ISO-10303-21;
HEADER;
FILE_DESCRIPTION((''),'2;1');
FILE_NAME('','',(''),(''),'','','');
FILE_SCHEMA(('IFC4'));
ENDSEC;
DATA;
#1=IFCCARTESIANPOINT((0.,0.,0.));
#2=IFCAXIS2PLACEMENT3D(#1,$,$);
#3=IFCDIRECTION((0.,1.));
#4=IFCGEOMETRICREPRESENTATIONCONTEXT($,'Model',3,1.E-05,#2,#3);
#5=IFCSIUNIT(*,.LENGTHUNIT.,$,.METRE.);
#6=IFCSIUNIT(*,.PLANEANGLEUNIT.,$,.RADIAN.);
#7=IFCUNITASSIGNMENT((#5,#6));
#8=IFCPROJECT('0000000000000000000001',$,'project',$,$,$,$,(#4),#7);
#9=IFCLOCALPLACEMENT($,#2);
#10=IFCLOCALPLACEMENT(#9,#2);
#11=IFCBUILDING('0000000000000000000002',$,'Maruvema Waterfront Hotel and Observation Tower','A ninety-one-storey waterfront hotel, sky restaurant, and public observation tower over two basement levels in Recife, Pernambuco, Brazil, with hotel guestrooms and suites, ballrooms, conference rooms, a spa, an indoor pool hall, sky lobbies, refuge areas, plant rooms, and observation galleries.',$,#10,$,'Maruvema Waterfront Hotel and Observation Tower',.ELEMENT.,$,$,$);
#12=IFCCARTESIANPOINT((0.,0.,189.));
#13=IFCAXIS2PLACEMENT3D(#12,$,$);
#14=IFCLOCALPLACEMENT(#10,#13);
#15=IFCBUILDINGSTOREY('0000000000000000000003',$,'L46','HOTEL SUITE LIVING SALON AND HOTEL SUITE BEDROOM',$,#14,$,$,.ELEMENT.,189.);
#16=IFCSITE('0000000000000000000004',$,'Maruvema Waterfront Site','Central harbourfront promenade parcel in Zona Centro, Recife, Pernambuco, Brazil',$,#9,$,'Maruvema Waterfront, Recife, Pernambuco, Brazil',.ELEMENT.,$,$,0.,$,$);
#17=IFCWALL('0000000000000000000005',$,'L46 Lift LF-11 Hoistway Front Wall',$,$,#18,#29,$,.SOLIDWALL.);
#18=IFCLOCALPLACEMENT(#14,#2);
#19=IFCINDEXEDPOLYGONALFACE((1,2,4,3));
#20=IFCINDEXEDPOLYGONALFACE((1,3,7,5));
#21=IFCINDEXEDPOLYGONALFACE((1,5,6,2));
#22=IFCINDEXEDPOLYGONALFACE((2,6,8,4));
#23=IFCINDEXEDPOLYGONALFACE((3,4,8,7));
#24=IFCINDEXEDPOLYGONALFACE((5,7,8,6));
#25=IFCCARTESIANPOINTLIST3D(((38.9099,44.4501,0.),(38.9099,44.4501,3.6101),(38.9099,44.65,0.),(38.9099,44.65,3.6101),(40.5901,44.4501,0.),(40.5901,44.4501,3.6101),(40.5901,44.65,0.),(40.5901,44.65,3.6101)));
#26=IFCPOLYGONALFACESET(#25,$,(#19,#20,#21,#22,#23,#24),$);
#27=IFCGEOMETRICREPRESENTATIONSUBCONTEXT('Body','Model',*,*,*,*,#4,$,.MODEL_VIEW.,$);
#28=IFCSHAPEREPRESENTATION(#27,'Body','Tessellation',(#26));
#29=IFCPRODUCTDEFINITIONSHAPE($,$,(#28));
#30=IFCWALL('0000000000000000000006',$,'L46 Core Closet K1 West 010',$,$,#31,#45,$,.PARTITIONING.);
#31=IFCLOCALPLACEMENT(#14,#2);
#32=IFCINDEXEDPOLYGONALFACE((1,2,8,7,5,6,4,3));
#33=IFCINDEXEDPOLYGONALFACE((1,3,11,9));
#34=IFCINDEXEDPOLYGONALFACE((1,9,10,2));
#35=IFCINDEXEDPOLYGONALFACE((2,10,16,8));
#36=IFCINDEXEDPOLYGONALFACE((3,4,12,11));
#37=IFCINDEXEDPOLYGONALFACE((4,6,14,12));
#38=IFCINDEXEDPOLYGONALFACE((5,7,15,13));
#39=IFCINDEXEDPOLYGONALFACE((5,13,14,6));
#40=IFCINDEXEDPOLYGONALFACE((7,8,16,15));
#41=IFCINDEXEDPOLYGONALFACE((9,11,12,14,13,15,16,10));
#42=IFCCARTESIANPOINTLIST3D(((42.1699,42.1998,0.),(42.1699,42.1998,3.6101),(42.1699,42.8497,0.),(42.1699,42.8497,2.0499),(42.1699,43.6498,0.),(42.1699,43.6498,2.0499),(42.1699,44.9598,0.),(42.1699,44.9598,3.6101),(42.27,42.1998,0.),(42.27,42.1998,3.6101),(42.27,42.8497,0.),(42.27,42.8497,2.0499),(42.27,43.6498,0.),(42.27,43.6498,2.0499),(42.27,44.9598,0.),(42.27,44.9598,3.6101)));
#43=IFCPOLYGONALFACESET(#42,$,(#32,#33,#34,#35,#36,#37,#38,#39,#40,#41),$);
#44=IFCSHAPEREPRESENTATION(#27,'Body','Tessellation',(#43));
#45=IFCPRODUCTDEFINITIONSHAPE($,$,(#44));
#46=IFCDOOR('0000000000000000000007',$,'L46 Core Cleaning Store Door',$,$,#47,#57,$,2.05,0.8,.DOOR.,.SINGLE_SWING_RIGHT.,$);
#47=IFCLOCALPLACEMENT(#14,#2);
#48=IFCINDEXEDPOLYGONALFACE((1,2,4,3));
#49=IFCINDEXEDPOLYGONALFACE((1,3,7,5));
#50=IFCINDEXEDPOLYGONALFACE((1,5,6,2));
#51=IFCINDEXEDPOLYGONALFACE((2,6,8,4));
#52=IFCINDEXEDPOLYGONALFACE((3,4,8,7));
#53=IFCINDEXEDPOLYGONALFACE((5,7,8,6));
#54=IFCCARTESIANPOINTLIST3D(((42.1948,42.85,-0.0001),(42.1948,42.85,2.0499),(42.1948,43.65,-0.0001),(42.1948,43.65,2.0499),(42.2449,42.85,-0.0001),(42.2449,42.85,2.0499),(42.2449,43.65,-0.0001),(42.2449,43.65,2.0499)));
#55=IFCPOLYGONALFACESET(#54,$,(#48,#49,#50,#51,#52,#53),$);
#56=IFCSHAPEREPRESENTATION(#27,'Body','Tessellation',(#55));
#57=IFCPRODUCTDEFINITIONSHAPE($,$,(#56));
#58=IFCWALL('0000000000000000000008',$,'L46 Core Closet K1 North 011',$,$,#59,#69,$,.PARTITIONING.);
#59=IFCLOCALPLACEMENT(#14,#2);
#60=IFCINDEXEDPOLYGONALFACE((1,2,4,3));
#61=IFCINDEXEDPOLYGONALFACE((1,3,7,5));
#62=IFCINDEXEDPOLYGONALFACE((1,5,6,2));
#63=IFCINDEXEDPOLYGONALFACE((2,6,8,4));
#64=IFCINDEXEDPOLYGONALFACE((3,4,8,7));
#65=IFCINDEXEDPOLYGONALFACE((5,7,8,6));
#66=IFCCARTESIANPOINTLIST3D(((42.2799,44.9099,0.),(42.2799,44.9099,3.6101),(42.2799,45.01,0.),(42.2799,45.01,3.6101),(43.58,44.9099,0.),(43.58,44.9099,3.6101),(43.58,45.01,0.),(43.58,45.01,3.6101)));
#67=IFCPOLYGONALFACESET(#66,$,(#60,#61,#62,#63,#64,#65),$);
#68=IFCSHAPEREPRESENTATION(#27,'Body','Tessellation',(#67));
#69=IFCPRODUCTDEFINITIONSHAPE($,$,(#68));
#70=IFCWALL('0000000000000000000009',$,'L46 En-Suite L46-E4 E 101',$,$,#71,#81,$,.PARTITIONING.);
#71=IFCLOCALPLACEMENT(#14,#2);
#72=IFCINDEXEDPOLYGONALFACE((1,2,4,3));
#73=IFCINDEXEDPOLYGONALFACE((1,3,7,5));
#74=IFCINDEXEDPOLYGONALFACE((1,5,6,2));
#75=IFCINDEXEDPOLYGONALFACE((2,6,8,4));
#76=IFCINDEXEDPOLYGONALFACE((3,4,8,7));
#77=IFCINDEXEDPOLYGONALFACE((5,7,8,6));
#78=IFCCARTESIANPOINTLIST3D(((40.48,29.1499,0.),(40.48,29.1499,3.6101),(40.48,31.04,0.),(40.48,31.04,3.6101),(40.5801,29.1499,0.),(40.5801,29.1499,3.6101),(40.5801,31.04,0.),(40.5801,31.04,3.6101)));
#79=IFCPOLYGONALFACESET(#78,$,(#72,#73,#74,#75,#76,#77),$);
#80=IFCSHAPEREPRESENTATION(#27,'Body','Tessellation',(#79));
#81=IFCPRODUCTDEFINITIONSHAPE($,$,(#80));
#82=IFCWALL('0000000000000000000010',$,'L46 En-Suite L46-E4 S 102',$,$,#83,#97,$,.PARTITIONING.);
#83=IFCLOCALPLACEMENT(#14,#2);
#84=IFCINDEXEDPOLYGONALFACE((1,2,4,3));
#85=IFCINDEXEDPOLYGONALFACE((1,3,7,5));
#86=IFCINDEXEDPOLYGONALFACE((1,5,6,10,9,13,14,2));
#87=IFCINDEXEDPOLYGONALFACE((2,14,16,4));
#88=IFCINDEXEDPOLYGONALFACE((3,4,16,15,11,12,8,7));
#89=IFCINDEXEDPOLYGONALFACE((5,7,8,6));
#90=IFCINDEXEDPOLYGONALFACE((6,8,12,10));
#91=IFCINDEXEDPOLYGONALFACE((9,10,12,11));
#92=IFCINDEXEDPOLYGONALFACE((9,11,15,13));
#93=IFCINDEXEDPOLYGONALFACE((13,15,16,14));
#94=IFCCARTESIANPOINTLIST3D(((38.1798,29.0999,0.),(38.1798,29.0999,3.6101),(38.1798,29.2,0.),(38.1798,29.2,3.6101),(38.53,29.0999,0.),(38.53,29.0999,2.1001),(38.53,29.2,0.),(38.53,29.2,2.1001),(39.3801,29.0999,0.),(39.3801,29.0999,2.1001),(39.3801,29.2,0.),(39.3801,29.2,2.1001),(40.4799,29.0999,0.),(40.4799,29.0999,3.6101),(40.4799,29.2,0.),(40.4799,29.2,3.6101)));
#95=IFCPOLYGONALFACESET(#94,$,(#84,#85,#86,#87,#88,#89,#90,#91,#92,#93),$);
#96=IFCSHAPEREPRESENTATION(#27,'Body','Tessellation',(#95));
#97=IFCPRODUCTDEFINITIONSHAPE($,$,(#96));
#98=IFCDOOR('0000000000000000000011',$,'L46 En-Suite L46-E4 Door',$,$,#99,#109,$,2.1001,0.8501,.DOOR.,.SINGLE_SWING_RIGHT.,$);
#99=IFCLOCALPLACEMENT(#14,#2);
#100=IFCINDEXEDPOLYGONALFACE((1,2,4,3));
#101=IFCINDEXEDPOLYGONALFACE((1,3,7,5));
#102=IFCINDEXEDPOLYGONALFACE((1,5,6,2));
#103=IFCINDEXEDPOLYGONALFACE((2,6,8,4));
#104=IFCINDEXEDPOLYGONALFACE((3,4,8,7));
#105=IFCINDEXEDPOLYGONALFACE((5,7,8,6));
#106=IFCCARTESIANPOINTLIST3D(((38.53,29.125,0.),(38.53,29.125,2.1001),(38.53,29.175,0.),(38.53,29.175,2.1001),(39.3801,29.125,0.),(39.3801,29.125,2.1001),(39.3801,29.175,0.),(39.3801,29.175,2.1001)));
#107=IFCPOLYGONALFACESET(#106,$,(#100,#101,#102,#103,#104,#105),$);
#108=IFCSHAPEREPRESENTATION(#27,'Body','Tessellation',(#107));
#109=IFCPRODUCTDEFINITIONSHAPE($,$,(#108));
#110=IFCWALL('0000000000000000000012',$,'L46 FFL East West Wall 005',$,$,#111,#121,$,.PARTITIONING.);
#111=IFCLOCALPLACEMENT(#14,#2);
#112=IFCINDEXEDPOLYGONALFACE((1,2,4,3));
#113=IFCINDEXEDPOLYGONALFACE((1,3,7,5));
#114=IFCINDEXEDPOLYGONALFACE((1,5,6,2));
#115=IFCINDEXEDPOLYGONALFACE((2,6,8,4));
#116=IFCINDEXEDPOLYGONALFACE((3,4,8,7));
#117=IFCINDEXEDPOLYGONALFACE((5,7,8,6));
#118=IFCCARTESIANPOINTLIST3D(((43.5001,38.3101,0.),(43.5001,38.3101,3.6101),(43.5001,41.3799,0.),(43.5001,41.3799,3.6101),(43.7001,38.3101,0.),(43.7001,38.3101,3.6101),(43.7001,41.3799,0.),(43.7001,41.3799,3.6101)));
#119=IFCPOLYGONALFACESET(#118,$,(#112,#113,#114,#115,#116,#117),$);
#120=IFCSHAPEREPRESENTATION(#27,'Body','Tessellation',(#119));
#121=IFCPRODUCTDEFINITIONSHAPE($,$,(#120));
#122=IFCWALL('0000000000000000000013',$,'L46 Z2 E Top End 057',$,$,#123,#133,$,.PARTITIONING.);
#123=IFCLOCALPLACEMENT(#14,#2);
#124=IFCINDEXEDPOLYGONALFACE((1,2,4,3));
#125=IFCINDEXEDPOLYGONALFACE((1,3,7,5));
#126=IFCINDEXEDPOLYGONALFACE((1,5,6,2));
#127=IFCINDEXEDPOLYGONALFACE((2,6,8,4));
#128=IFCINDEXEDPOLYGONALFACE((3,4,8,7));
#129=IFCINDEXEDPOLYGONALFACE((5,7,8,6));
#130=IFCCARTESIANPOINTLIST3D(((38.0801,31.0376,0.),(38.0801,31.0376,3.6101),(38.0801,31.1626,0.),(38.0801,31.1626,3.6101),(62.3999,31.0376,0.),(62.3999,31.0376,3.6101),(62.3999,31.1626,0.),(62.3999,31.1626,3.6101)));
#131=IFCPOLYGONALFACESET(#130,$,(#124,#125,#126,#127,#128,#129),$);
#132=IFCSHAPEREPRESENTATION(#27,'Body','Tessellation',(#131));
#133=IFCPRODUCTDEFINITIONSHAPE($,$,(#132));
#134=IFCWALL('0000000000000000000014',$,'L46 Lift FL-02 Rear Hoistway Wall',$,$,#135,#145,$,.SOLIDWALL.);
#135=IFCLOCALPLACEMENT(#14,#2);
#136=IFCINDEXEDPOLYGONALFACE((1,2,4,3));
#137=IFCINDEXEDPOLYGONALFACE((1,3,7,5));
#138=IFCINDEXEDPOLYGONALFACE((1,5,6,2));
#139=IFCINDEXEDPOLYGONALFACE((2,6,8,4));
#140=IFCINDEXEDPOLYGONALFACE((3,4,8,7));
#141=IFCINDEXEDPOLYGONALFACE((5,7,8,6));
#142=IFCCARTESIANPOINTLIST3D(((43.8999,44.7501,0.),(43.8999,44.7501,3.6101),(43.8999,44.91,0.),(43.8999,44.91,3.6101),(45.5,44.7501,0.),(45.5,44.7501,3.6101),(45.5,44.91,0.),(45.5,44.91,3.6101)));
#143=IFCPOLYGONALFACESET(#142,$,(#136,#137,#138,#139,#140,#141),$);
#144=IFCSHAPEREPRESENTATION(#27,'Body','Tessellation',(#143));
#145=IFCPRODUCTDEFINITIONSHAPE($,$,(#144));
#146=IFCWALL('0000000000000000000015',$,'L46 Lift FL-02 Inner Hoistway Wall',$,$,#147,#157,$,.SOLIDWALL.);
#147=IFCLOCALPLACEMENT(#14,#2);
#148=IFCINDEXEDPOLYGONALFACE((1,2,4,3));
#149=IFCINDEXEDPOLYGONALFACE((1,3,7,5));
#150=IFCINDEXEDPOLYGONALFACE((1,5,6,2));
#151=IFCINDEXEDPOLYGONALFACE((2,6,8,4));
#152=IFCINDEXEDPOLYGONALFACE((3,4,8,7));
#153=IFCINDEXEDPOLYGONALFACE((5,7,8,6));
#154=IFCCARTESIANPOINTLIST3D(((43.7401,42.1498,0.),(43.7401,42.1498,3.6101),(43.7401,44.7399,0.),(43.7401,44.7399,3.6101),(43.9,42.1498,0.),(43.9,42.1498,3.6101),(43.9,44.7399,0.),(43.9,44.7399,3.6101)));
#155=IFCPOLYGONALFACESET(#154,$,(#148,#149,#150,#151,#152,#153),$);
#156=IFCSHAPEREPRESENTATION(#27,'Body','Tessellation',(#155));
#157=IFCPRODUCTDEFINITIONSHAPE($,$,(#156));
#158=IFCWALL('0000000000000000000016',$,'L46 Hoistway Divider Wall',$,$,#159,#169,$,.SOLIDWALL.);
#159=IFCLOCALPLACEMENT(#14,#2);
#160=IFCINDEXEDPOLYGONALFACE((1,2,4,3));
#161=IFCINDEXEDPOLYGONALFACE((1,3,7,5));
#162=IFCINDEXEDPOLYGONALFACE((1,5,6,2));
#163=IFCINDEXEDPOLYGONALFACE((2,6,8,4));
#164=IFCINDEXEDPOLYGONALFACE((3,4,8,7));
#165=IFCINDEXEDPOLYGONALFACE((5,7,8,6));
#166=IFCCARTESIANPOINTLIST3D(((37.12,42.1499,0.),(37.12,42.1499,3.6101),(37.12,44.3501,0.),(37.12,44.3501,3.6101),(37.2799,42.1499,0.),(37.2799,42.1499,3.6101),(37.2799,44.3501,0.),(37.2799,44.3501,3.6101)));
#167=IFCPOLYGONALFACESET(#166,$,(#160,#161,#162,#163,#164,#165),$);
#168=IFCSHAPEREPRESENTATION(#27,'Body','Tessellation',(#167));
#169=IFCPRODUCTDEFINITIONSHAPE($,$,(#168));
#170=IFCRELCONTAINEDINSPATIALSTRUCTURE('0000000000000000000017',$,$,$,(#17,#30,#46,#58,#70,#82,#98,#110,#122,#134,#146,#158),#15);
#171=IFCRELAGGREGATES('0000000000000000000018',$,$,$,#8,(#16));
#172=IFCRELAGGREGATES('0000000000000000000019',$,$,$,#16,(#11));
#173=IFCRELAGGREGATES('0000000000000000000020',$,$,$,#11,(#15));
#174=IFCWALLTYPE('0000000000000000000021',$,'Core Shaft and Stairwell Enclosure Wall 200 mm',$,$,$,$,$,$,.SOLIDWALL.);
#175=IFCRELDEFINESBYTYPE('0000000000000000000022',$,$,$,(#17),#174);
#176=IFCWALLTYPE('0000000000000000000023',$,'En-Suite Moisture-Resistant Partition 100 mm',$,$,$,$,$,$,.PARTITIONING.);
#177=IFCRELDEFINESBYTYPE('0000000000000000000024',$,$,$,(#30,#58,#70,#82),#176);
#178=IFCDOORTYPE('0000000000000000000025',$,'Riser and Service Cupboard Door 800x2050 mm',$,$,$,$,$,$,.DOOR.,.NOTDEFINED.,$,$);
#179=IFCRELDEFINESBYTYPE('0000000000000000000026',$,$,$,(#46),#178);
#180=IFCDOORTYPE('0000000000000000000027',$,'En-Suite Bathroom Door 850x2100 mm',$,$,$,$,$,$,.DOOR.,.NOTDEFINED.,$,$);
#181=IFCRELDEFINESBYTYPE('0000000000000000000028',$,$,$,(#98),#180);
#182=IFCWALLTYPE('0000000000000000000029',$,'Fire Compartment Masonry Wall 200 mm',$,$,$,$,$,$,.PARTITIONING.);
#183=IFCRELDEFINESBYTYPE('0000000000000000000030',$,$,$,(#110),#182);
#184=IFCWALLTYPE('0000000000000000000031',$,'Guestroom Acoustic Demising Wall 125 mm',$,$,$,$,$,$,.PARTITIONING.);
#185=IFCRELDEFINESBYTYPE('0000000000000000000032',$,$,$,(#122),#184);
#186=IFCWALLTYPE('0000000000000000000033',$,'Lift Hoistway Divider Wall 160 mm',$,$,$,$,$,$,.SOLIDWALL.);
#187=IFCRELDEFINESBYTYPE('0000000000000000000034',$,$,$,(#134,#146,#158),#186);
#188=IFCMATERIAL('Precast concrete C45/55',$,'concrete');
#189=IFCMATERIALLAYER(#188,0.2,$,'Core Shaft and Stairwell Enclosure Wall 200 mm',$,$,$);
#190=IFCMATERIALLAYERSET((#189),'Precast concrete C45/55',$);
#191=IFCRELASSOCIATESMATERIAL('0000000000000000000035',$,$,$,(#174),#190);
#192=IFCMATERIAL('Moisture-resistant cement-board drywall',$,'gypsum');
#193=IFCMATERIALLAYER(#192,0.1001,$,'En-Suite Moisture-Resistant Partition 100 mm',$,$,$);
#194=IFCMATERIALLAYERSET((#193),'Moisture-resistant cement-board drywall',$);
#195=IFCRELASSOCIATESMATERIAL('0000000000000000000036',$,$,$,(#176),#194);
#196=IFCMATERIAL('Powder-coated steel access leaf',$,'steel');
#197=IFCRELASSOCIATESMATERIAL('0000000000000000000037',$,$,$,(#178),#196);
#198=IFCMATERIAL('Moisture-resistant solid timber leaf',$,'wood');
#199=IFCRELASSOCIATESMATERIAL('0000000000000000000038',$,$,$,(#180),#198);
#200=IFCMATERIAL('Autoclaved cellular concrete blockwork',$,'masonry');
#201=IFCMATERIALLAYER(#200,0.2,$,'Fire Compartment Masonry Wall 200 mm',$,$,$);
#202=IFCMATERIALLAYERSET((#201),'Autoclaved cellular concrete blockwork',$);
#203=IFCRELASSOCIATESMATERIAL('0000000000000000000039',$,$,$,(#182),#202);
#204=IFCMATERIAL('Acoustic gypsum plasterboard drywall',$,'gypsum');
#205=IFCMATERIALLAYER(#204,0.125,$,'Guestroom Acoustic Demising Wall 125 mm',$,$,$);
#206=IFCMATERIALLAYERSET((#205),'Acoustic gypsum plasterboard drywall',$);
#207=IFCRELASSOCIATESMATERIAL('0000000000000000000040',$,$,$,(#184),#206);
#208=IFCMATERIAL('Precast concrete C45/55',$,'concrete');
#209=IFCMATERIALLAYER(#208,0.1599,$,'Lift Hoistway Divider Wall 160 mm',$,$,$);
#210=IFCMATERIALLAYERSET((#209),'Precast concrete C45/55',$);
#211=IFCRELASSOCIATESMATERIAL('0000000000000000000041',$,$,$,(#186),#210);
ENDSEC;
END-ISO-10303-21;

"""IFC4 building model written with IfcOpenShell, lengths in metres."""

from ifc_helpers import new_model, si_unit, direction, frame, frame_2d, origin, place, context, subcontext, project, spatial, rectangle, extrude, material, layer, layer_set, type_object, element, fill, save


model = new_model("IFC4")

# Units and contexts
model_context = context("Model", 3, precision=1e-05, world=origin(), true_north=direction((0.0, 1.0)))
body_context = subcontext(model_context, "Body", "Model", "MODEL_VIEW")
ifc_project = project(units=[si_unit("LENGTHUNIT", "METRE"), si_unit("PLANEANGLEUNIT", "RADIAN")], contexts=[model_context])

# Site, building, storey
site_placement = place(None, origin())
site = spatial("IfcSite", under=ifc_project, at=site_placement, Name="Maruvema Waterfront Site", Description="Central harbourfront promenade parcel in Zona Centro, Recife, Pernambuco, Brazil", LongName="Maruvema Waterfront, Recife, Pernambuco, Brazil", CompositionType="ELEMENT", RefElevation=0.0)
building_placement = place(site_placement, origin())
building = spatial("IfcBuilding", under=site, at=building_placement, Name="Maruvema Waterfront Hotel and Observation Tower", Description="A ninety-one-storey waterfront hotel, sky restaurant, and public observation tower over two basement levels in Recife, Pernambuco, Brazil, with hotel guestrooms and suites, ballrooms, conference rooms, a spa, an indoor pool hall, sky lobbies, refuge areas, plant rooms, and observation galleries.", LongName="Maruvema Waterfront Hotel and Observation Tower", CompositionType="ELEMENT")
storey_placement = place(building_placement, frame((0.0, 0.0, 189.0)))
storey = spatial("IfcBuildingStorey", under=building, at=storey_placement, Name="L46", Description="HOTEL SUITE LIVING SALON AND HOTEL SUITE BEDROOM", CompositionType="ELEMENT", Elevation=189.0)

# Wall
ifc_material_1 = material(Name="Precast concrete C45/55", Category="concrete")
ifc_layer_1 = layer(ifc_material_1, 0.2, Name="Core Shaft and Stairwell Enclosure Wall 200 mm")
ifc_layer_set_1 = layer_set([ifc_layer_1], Name="Precast concrete C45/55")
wall_type_1 = type_object("IfcWallType", Name="Core Shaft and Stairwell Enclosure Wall 200 mm", PredefinedType="SOLIDWALL", material=ifc_layer_set_1)
wall_1_placement = place(storey_placement, frame((38.9099, 44.55, 0.0), z_axis=(0.0, 0.0, 1.0), x_axis=(1.0, 0.0, 0.0)))
element("IfcWall", 1, at=wall_1_placement, inside=storey, type_object=wall_type_1, Name="L46 Lift LF-11 Hoistway Front Wall", PredefinedType="SOLIDWALL", context=body_context, shape_type="SweptSolid", body=[
    extrude(rectangle(XDim=1.6802, YDim=0.2, at=frame_2d((0.8401, 0.0))), origin(), (0.0, 0.0, 1.0), 3.6101),
])

# Wall, opening, door
ifc_material_2 = material(Name="Moisture-resistant cement-board drywall", Category="gypsum")
ifc_layer_2 = layer(ifc_material_2, 0.1001, Name="En-Suite Moisture-Resistant Partition 100 mm")
ifc_layer_set_2 = layer_set([ifc_layer_2], Name="Moisture-resistant cement-board drywall")
wall_type_2 = type_object("IfcWallType", Name="En-Suite Moisture-Resistant Partition 100 mm", PredefinedType="PARTITIONING", material=ifc_layer_set_2)
wall_2_placement = place(storey_placement, frame((42.22, 42.2, 0.0), z_axis=(0.0, 0.0, 1.0), x_axis=(0.0, 1.0, 0.0)))
wall_2 = element("IfcWall", 2, at=wall_2_placement, inside=storey, type_object=wall_type_2, Name="L46 Core Closet K1 West 010", PredefinedType="PARTITIONING", context=body_context, shape_type="SweptSolid", body=[
    extrude(rectangle(XDim=2.76, YDim=0.1001, at=frame_2d((1.3799, 0.0))), origin(), (0.0, 0.0, 1.0), 3.6101),
])
opening_1_placement = place(wall_2_placement, frame((0.6499, 0.0, 0.0)))
opening_1 = element("IfcOpeningElement", 3, at=opening_1_placement, cuts=wall_2, PredefinedType="OPENING", context=body_context, shape_type="SweptSolid", body=[
    extrude(rectangle(XDim=0.8, YDim=2.05, at=frame_2d((0.3999, 1.0249))), frame((0.0, 0.0601, 0.0), z_axis=(0.0, -1.0, 0.0), x_axis=(1.0, 0.0, 0.0)), (0.0, 0.0, 1.0), 0.1201),
])
ifc_material_3 = material(Name="Powder-coated steel access leaf", Category="steel")
door_type_1 = type_object("IfcDoorType", Name="Riser and Service Cupboard Door 800x2050 mm", OperationType="NOTDEFINED", PredefinedType="DOOR", material=ifc_material_3)
door_1_placement = place(opening_1_placement, frame((0.8, 0.0, 0.0), z_axis=(0.0, 0.0, 1.0), x_axis=(-1.0, 0.0, 0.0)))
door_1 = element("IfcDoor", 4, at=door_1_placement, inside=storey, type_object=door_type_1, Name="L46 Core Cleaning Store Door", OperationType="SINGLE_SWING_RIGHT", OverallHeight=2.05, OverallWidth=0.8, PredefinedType="DOOR", context=body_context, shape_type="SweptSolid", body=[
    extrude(rectangle(XDim=0.8, YDim=2.05, at=frame_2d((0.3999, 1.0249))), frame((0.0, 0.0249, 0.0), z_axis=(0.0, -1.0, 0.0), x_axis=(1.0, 0.0, 0.0)), (0.0, 0.0, 1.0), 0.05),
])
fill(opening_1, door_1)

# Walls
wall_3_placement = place(storey_placement, frame((42.28, 44.96, 0.0), z_axis=(0.0, 0.0, 1.0), x_axis=(1.0, 0.0, 0.0)))
element("IfcWall", 5, at=wall_3_placement, inside=storey, type_object=wall_type_2, Name="L46 Core Closet K1 North 011", PredefinedType="PARTITIONING", context=body_context, shape_type="SweptSolid", body=[
    extrude(rectangle(XDim=1.3, YDim=0.1001, at=frame_2d((0.6499, 0.0))), origin(), (0.0, 0.0, 1.0), 3.6101),
])
wall_4_placement = place(storey_placement, frame((40.53, 29.1499, 0.0), z_axis=(0.0, 0.0, 1.0), x_axis=(0.0, 1.0, 0.0)))
element("IfcWall", 6, at=wall_4_placement, inside=storey, type_object=wall_type_2, Name="L46 En-Suite L46-E4 E 101", PredefinedType="PARTITIONING", context=body_context, shape_type="SweptSolid", body=[
    extrude(rectangle(XDim=1.8901, YDim=0.1001, at=frame_2d((0.9451, 0.0))), origin(), (0.0, 0.0, 1.0), 3.6101),
])

# Wall, opening, door
wall_5_placement = place(storey_placement, frame((38.1799, 29.1499, 0.0), z_axis=(0.0, 0.0, 1.0), x_axis=(1.0, 0.0, 0.0)))
wall_5 = element("IfcWall", 7, at=wall_5_placement, inside=storey, type_object=wall_type_2, Name="L46 En-Suite L46-E4 S 102", PredefinedType="PARTITIONING", context=body_context, shape_type="SweptSolid", body=[
    extrude(rectangle(XDim=2.3, YDim=0.1001, at=frame_2d((1.1499, 0.0))), origin(), (0.0, 0.0, 1.0), 3.6101),
])
opening_2_placement = place(wall_5_placement, frame((0.3501, 0.0, 0.0)))
opening_2 = element("IfcOpeningElement", 8, at=opening_2_placement, cuts=wall_5, PredefinedType="OPENING", context=body_context, shape_type="SweptSolid", body=[
    extrude(rectangle(XDim=0.8501, YDim=2.1001, at=frame_2d((0.425, 1.05))), frame((0.0, 0.0601, 0.0), z_axis=(0.0, -1.0, 0.0), x_axis=(1.0, 0.0, 0.0)), (0.0, 0.0, 1.0), 0.1201),
])
ifc_material_4 = material(Name="Moisture-resistant solid timber leaf", Category="wood")
door_type_2 = type_object("IfcDoorType", Name="En-Suite Bathroom Door 850x2100 mm", OperationType="NOTDEFINED", PredefinedType="DOOR", material=ifc_material_4)
door_2_placement = place(opening_2_placement, frame((0.8501, 0.0, 0.0), z_axis=(0.0, 0.0, 1.0), x_axis=(-1.0, 0.0, 0.0)))
door_2 = element("IfcDoor", 9, at=door_2_placement, inside=storey, type_object=door_type_2, Name="L46 En-Suite L46-E4 Door", OperationType="SINGLE_SWING_RIGHT", OverallHeight=2.1001, OverallWidth=0.8501, PredefinedType="DOOR", context=body_context, shape_type="SweptSolid", body=[
    extrude(rectangle(XDim=0.8501, YDim=2.1001, at=frame_2d((0.425, 1.05))), frame((0.0, 0.0249, 0.0), z_axis=(0.0, -1.0, 0.0), x_axis=(1.0, 0.0, 0.0)), (0.0, 0.0, 1.0), 0.05),
])
fill(opening_2, door_2)
ifc_material_5 = material(Name="Autoclaved cellular concrete blockwork", Category="masonry")
ifc_layer_3 = layer(ifc_material_5, 0.2, Name="Fire Compartment Masonry Wall 200 mm")
ifc_layer_set_3 = layer_set([ifc_layer_3], Name="Autoclaved cellular concrete blockwork")
wall_type_3 = type_object("IfcWallType", Name="Fire Compartment Masonry Wall 200 mm", PredefinedType="PARTITIONING", material=ifc_layer_set_3)

# Walls
wall_6_placement = place(storey_placement, frame((43.6001, 38.3101, 0.0), z_axis=(0.0, 0.0, 1.0), x_axis=(0.0, 1.0, 0.0)))
element("IfcWall", 10, at=wall_6_placement, inside=storey, type_object=wall_type_3, Name="L46 FFL East West Wall 005", PredefinedType="PARTITIONING", context=body_context, shape_type="SweptSolid", body=[
    extrude(rectangle(XDim=3.0698, YDim=0.2, at=frame_2d((1.5349, 0.0))), origin(), (0.0, 0.0, 1.0), 3.6101),
])
ifc_material_6 = material(Name="Acoustic gypsum plasterboard drywall", Category="gypsum")
ifc_layer_4 = layer(ifc_material_6, 0.125, Name="Guestroom Acoustic Demising Wall 125 mm")
ifc_layer_set_4 = layer_set([ifc_layer_4], Name="Acoustic gypsum plasterboard drywall")
wall_type_4 = type_object("IfcWallType", Name="Guestroom Acoustic Demising Wall 125 mm", PredefinedType="PARTITIONING", material=ifc_layer_set_4)
wall_7_placement = place(storey_placement, frame((38.0801, 31.1001, 0.0), z_axis=(0.0, 0.0, 1.0), x_axis=(1.0, 0.0, 0.0)))
element("IfcWall", 11, at=wall_7_placement, inside=storey, type_object=wall_type_4, Name="L46 Z2 E Top End 057", PredefinedType="PARTITIONING", context=body_context, shape_type="SweptSolid", body=[
    extrude(rectangle(XDim=24.3198, YDim=0.125, at=frame_2d((12.1599, 0.0))), origin(), (0.0, 0.0, 1.0), 3.6101),
])
ifc_material_7 = material(Name="Precast concrete C45/55", Category="concrete")
ifc_layer_5 = layer(ifc_material_7, 0.1599, Name="Lift Hoistway Divider Wall 160 mm")
ifc_layer_set_5 = layer_set([ifc_layer_5], Name="Precast concrete C45/55")
wall_type_5 = type_object("IfcWallType", Name="Lift Hoistway Divider Wall 160 mm", PredefinedType="SOLIDWALL", material=ifc_layer_set_5)
wall_8_placement = place(storey_placement, frame((43.8999, 44.8301, 0.0), z_axis=(0.0, 0.0, 1.0), x_axis=(1.0, 0.0, 0.0)))
element("IfcWall", 12, at=wall_8_placement, inside=storey, type_object=wall_type_5, Name="L46 Lift FL-02 Rear Hoistway Wall", PredefinedType="SOLIDWALL", context=body_context, shape_type="SweptSolid", body=[
    extrude(rectangle(XDim=1.6001, YDim=0.1599, at=frame_2d((0.8, 0.0))), origin(), (0.0, 0.0, 1.0), 3.6101),
])
wall_9_placement = place(storey_placement, frame((43.8201, 42.1499, 0.0), z_axis=(0.0, 0.0, 1.0), x_axis=(0.0, 1.0, 0.0)))
element("IfcWall", 13, at=wall_9_placement, inside=storey, type_object=wall_type_5, Name="L46 Lift FL-02 Inner Hoistway Wall", PredefinedType="SOLIDWALL", context=body_context, shape_type="SweptSolid", body=[
    extrude(rectangle(XDim=2.5901, YDim=0.1599, at=frame_2d((1.2949, 0.0))), origin(), (0.0, 0.0, 1.0), 3.6101),
])
for number, where, z_axis, x_axis, name in (
    (14, (37.2, 42.1499, 0.0), (0.0, 0.0, 1.0), (0.0, 1.0, 0.0), "L46 Hoistway Divider Wall"),
):
    element("IfcWall", number, at=place(storey_placement, frame(where, z_axis=z_axis, x_axis=x_axis)), inside=storey, type_object=wall_type_5, Name=name, PredefinedType="SOLIDWALL", context=body_context, shape_type="SweptSolid", body=[
        extrude(rectangle(XDim=2.2002, YDim=0.1599, at=frame_2d((1.1001, 0.0))), origin(), (0.0, 0.0, 1.0), 3.6101),
    ])

save(model, "model.ifc")
